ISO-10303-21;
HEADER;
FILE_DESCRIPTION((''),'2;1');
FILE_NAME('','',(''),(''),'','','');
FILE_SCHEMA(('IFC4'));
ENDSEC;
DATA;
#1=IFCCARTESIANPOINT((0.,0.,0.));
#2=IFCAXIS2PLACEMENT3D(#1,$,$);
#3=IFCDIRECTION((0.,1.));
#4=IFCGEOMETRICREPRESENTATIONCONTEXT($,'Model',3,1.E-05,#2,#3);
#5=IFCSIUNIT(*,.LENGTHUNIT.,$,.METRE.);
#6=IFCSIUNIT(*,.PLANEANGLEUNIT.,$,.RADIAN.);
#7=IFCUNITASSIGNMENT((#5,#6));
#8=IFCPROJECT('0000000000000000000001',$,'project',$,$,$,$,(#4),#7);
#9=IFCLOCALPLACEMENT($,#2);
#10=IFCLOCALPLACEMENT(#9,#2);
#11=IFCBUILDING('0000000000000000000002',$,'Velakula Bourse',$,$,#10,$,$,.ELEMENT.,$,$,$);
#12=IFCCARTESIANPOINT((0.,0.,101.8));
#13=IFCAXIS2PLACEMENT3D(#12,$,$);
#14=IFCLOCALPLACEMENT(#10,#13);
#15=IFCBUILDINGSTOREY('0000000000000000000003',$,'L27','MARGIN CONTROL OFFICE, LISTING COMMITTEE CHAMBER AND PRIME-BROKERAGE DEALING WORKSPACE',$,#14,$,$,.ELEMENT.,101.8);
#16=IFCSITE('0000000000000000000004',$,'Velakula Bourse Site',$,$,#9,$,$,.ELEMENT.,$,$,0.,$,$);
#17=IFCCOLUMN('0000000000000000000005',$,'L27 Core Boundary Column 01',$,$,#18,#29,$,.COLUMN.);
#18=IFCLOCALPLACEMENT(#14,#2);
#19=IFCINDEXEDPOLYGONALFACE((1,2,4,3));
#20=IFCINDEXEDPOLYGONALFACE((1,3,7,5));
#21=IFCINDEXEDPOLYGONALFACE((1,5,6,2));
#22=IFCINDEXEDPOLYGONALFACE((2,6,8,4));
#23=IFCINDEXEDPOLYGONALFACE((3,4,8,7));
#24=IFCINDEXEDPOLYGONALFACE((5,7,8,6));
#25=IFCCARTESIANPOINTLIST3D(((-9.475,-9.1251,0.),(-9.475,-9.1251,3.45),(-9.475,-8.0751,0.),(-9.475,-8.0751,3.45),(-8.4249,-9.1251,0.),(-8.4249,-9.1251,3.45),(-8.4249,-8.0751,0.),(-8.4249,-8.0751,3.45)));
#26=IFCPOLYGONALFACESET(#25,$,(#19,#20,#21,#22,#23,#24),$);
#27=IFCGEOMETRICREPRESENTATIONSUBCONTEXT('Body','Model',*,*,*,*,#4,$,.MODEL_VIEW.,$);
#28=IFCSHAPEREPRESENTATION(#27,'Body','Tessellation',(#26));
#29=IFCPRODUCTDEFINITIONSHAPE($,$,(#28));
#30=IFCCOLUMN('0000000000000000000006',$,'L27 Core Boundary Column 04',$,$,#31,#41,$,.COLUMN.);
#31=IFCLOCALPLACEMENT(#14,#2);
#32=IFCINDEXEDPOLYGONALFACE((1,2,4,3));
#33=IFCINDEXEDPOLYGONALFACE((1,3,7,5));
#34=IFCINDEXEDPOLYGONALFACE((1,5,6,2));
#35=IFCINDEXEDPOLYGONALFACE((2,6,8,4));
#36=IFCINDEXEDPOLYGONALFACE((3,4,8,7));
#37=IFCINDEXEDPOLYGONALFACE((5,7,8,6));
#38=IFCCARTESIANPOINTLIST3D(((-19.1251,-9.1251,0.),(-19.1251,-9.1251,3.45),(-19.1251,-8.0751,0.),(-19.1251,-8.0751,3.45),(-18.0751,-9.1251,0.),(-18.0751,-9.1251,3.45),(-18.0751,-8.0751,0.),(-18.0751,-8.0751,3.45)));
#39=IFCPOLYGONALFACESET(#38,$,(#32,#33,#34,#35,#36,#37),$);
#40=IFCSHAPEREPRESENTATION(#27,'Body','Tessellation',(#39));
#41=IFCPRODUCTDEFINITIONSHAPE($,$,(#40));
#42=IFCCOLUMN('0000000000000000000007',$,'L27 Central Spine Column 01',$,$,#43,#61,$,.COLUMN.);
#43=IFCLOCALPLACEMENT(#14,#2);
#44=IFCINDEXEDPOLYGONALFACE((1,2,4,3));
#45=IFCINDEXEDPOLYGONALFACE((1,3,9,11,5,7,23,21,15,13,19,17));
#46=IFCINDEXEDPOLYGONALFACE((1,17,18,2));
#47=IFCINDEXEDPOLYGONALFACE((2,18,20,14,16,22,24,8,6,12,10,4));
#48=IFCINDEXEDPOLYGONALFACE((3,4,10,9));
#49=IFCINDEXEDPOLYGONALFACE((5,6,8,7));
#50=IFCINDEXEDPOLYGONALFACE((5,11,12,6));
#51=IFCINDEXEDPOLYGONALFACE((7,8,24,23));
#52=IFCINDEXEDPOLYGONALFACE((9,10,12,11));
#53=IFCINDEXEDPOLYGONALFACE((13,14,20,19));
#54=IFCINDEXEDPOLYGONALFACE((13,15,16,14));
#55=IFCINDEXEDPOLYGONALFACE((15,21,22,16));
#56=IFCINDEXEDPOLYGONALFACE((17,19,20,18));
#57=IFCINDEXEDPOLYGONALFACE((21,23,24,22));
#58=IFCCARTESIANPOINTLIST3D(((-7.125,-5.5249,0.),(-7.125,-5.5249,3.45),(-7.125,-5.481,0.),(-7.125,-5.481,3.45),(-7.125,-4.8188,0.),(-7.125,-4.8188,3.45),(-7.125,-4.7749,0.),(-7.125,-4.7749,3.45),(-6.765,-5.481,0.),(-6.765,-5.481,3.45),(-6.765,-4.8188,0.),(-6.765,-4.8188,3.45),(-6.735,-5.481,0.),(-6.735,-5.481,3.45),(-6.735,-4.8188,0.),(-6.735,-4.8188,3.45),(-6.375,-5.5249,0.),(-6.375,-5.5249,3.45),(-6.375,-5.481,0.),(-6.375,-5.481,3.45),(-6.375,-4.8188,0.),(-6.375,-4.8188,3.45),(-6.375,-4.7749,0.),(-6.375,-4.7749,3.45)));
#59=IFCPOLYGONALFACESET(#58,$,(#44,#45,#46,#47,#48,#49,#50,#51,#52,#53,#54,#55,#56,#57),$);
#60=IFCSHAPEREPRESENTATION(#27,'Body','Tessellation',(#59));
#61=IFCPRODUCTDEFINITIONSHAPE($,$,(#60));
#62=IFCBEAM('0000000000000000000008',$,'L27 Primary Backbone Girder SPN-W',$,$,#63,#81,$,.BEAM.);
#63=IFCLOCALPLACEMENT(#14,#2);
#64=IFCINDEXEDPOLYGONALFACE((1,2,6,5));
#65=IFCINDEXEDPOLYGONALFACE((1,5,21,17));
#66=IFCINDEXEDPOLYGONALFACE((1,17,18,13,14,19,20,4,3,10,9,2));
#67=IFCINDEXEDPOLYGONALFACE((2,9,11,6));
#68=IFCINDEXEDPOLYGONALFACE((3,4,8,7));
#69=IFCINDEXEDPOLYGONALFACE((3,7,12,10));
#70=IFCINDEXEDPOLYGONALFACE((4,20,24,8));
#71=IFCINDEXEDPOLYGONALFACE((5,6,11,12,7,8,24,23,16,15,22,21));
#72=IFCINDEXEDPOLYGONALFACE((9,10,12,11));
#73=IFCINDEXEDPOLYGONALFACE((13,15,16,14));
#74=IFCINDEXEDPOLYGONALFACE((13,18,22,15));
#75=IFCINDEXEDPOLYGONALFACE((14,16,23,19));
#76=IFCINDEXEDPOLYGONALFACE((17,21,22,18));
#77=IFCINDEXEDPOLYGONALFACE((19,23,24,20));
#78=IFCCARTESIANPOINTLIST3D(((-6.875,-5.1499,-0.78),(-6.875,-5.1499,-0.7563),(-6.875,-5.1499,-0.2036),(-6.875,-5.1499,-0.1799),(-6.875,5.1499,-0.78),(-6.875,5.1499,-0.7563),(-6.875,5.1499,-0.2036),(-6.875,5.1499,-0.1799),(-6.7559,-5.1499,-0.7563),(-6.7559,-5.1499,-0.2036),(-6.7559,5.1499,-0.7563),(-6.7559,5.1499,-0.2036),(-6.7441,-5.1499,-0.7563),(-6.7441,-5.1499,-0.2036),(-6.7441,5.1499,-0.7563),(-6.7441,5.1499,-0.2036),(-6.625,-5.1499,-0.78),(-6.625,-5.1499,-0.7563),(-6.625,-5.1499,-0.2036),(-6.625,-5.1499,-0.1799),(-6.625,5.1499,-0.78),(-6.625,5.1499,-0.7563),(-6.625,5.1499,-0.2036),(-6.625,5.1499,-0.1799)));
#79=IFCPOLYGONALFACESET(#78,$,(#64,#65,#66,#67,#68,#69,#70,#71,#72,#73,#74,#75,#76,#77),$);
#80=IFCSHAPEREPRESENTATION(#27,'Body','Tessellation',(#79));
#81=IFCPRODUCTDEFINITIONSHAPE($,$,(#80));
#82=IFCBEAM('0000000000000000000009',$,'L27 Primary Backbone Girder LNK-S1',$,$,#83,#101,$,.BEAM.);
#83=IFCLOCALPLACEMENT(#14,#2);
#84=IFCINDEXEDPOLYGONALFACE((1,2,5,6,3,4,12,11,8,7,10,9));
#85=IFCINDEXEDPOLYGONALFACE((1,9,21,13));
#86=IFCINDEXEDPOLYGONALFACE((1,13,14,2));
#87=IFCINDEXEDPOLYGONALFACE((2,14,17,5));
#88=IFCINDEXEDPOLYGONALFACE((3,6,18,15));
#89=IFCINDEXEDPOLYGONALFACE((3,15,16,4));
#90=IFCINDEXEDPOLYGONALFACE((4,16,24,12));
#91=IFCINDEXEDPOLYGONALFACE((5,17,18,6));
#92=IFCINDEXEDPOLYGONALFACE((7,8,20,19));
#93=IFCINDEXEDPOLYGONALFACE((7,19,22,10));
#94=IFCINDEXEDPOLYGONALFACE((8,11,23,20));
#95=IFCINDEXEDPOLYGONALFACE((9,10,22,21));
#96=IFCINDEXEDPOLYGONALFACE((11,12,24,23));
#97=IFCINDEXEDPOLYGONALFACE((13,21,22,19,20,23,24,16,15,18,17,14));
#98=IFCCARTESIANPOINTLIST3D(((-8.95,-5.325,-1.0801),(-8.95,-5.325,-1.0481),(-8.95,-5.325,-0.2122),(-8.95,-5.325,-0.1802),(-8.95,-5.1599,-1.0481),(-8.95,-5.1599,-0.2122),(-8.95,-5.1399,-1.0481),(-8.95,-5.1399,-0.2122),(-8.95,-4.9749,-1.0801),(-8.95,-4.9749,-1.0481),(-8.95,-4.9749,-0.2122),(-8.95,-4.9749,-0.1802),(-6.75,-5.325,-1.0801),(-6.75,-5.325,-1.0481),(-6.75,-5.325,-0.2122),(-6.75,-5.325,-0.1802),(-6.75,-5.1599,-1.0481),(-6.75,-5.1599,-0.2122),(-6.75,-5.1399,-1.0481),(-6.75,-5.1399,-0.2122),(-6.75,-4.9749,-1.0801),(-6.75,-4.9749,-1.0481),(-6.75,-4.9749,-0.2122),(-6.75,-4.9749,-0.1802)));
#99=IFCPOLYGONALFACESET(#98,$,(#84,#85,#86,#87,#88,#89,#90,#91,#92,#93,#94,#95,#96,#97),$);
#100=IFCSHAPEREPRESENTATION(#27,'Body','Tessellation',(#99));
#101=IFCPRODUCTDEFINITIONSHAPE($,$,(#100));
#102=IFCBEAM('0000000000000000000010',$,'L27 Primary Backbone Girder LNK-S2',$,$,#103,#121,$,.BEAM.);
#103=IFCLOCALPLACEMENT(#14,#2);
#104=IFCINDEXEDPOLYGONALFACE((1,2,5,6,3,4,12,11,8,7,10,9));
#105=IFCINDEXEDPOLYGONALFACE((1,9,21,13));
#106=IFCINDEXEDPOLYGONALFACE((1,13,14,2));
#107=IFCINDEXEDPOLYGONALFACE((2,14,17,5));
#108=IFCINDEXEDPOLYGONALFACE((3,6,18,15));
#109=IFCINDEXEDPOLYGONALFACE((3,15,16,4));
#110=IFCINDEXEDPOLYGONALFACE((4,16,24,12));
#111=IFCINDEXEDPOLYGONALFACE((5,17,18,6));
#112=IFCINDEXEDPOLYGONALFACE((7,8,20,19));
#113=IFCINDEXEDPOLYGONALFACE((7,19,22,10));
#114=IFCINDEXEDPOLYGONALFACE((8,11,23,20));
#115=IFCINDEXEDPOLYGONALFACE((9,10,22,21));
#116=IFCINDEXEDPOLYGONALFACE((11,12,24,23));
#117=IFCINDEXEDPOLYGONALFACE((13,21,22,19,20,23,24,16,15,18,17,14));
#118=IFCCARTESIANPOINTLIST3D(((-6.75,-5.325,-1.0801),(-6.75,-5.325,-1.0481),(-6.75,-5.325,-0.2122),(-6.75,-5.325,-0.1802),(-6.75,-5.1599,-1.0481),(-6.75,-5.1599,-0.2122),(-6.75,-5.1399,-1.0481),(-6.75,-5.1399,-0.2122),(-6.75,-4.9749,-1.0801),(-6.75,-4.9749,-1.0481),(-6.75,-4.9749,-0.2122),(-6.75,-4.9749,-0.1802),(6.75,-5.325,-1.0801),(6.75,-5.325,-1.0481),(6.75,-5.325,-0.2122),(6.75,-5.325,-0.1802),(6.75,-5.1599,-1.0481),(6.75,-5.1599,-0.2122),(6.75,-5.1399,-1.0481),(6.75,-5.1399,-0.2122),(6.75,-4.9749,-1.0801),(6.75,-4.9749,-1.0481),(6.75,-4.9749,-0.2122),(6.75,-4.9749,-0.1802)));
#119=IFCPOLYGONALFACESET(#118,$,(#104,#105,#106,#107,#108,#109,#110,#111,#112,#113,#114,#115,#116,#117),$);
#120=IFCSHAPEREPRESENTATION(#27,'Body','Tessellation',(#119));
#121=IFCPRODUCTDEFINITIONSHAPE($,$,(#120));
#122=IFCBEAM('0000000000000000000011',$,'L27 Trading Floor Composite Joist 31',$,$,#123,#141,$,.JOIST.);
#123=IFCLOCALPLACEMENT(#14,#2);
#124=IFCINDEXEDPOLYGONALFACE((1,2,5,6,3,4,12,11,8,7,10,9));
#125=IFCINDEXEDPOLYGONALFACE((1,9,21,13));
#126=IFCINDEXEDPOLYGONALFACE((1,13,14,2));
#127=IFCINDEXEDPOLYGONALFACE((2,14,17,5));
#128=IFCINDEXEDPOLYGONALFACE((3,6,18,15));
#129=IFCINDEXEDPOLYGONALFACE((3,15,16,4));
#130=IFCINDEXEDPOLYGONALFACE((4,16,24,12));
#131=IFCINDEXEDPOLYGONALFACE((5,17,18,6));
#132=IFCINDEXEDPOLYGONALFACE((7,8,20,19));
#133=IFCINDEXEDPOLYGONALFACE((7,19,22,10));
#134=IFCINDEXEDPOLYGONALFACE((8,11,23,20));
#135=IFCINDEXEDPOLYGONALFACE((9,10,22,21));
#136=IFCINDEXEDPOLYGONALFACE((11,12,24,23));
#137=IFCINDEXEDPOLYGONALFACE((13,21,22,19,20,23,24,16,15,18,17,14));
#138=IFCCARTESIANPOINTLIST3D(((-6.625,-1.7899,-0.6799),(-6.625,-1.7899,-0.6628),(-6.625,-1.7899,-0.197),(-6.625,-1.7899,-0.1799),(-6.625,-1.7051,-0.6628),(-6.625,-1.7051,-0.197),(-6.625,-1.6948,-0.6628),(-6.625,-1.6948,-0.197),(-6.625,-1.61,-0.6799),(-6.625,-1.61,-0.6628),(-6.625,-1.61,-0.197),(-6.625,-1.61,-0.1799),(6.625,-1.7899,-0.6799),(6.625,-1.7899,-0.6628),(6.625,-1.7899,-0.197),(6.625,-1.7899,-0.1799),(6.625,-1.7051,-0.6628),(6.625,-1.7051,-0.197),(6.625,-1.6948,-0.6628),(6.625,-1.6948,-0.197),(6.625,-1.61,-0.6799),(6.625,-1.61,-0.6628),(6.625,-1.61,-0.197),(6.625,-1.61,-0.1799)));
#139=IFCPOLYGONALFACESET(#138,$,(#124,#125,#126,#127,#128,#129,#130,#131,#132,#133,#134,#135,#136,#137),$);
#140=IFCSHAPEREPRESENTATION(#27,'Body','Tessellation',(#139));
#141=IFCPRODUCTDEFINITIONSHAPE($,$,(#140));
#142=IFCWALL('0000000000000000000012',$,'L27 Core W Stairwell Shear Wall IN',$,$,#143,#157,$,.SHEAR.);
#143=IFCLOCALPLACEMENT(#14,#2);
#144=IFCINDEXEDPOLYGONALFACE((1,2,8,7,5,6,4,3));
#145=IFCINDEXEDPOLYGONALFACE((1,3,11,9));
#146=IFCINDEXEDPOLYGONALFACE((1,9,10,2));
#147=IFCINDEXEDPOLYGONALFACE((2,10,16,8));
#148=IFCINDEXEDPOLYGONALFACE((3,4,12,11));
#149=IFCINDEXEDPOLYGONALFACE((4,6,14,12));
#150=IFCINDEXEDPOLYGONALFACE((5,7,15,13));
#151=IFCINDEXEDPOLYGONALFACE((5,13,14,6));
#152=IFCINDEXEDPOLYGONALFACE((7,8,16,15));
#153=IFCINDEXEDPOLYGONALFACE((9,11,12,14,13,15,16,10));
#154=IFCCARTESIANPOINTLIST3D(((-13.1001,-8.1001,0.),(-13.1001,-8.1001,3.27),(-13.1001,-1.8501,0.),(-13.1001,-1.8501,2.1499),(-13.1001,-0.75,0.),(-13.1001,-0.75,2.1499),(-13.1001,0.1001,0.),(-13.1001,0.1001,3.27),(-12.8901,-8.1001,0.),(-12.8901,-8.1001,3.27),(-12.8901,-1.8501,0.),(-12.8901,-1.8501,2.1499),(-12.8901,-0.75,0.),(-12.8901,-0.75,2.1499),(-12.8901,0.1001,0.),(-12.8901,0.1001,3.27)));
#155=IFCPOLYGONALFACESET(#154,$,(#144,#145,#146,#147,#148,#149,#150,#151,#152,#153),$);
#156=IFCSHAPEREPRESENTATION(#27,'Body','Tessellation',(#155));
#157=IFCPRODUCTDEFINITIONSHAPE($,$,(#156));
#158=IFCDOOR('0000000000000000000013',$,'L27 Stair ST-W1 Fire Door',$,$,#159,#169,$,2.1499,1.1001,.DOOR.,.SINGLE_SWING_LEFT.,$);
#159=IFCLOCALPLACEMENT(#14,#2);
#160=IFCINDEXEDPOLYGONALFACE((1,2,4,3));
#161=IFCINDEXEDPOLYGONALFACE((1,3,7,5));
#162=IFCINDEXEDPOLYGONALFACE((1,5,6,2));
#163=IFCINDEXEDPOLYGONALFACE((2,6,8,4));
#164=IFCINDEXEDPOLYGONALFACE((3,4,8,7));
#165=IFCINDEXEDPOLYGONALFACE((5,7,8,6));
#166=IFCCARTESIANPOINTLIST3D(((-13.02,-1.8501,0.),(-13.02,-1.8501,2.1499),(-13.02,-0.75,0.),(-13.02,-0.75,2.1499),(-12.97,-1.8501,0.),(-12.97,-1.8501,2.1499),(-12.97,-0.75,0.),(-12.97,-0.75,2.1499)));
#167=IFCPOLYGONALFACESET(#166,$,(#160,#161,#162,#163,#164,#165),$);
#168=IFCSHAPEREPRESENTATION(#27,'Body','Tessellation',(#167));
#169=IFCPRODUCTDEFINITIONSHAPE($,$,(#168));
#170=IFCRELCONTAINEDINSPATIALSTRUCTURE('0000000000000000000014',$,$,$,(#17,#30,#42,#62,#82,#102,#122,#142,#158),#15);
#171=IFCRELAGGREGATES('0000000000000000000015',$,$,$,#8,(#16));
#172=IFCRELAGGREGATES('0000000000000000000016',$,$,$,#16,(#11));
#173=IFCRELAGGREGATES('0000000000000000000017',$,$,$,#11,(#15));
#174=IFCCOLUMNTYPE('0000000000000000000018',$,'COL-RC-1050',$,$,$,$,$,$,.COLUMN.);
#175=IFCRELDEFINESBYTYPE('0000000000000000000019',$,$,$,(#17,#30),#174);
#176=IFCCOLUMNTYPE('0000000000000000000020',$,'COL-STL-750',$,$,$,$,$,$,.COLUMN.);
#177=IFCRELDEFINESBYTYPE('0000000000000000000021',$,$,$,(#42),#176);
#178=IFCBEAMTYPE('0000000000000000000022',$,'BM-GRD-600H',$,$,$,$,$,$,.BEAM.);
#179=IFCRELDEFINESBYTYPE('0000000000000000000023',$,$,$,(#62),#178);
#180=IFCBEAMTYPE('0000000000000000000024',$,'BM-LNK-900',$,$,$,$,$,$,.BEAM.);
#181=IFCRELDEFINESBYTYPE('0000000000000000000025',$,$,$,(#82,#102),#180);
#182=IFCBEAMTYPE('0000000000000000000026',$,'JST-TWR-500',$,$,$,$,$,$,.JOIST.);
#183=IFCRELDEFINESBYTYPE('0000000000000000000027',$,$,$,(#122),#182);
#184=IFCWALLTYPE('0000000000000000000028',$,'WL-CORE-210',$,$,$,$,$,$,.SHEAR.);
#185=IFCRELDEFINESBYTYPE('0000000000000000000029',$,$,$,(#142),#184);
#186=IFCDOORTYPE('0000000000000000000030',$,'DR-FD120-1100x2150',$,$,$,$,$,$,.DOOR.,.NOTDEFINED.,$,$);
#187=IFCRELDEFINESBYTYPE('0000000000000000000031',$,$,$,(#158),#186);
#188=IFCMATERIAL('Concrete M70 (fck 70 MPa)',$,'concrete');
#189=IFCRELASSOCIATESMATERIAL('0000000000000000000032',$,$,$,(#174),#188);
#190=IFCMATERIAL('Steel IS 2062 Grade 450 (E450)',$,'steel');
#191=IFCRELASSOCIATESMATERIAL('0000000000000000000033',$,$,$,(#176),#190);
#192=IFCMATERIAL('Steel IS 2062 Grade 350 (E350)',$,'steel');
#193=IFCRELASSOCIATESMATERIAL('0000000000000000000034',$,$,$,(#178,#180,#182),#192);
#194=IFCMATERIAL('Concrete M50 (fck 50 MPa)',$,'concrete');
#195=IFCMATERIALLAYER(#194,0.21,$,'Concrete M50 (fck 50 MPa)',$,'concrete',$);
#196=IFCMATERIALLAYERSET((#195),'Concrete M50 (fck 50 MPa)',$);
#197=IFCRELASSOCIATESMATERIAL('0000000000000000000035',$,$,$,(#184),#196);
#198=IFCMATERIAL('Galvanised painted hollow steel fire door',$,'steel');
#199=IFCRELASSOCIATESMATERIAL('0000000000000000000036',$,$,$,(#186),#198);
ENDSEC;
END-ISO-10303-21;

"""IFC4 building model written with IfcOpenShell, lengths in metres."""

from ifc_helpers import new_model, si_unit, direction, frame, frame_2d, origin, origin_2d, place, context, subcontext, project, spatial, rectangle, i_section, extrude, material, layer, layer_set, material_profile, profile_set, type_object, element, fill, save


model = new_model("IFC4")

# Units and contexts
model_context = context("Model", 3, precision=1e-05, world=origin(), true_north=direction((0.0, 1.0)))
body_context = subcontext(model_context, "Body", "Model", "MODEL_VIEW")
ifc_project = project(units=[si_unit("LENGTHUNIT", "METRE"), si_unit("PLANEANGLEUNIT", "RADIAN")], contexts=[model_context])

# Site, building, storey
site_placement = place(None, origin())
site = spatial("IfcSite", under=ifc_project, at=site_placement, Name="Velakula Bourse Site", CompositionType="ELEMENT", RefElevation=0.0)
building_placement = place(site_placement, origin())
building = spatial("IfcBuilding", under=site, at=building_placement, Name="Velakula Bourse", CompositionType="ELEMENT")
storey_placement = place(building_placement, frame((0.0, 0.0, 101.8)))
storey = spatial("IfcBuildingStorey", under=building, at=storey_placement, Name="L27", Description="MARGIN CONTROL OFFICE, LISTING COMMITTEE CHAMBER AND PRIME-BROKERAGE DEALING WORKSPACE", CompositionType="ELEMENT", Elevation=101.8)

# Columns
ifc_material_1 = material(Name="Concrete M70 (fck 70 MPa)", Category="concrete")
ifc_material_profile_1 = material_profile(ifc_material_1, rectangle(XDim=1.05, YDim=1.05, at=origin_2d()), Name="Concrete M70 (fck 70 MPa)")
ifc_profile_set_1 = profile_set([ifc_material_profile_1], Name="Concrete M70 (fck 70 MPa)")
column_type_1 = type_object("IfcColumnType", Name="COL-RC-1050", PredefinedType="COLUMN", material=ifc_profile_set_1)
for number, where, z_axis, x_axis, name in (
    (1, (-8.95, -8.6001, 0.0), (0.0, 0.0, 1.0), (1.0, 0.0, 0.0), "L27 Core Boundary Column 01"),
    (2, (-18.6001, -8.6001, 0.0), (0.0, 0.0, 1.0), (1.0, 0.0, 0.0), "L27 Core Boundary Column 04"),
):
    element("IfcColumn", number, at=place(storey_placement, frame(where, z_axis=z_axis, x_axis=x_axis)), inside=storey, type_object=column_type_1, Name=name, PredefinedType="COLUMN", context=body_context, shape_type="SweptSolid", body=[
        extrude(rectangle(XDim=1.05, YDim=1.05, at=origin_2d()), origin(), (0.0, 0.0, 1.0), 3.45),
    ])
ifc_material_2 = material(Name="Steel IS 2062 Grade 450 (E450)", Category="steel")
ifc_material_profile_2 = material_profile(ifc_material_2, i_section(OverallWidth=0.75, OverallDepth=0.75, WebThickness=0.03, FlangeThickness=0.0439, at=origin_2d()), Name="Steel IS 2062 Grade 450 (E450)")
ifc_profile_set_2 = profile_set([ifc_material_profile_2], Name="Steel IS 2062 Grade 450 (E450)")
column_type_2 = type_object("IfcColumnType", Name="COL-STL-750", PredefinedType="COLUMN", material=ifc_profile_set_2)
column_placement = place(storey_placement, frame((-6.75, -5.1499, 0.0), z_axis=(0.0, 0.0, 1.0), x_axis=(1.0, 0.0, 0.0)))
element("IfcColumn", 3, at=column_placement, inside=storey, type_object=column_type_2, Name="L27 Central Spine Column 01", PredefinedType="COLUMN", context=body_context, shape_type="SweptSolid", body=[
    extrude(i_section(OverallWidth=0.75, OverallDepth=0.75, WebThickness=0.03, FlangeThickness=0.0439, at=origin_2d()), origin(), (0.0, 0.0, 1.0), 3.45),
])

# Beams
ifc_material_3 = material(Name="Steel IS 2062 Grade 350 (E350)", Category="steel")
ifc_material_profile_3 = material_profile(ifc_material_3, i_section(OverallWidth=0.25, OverallDepth=0.6001, WebThickness=0.0117, FlangeThickness=0.0237, at=origin_2d()), Name="Steel IS 2062 Grade 350 (E350)")
ifc_profile_set_3 = profile_set([ifc_material_profile_3], Name="Steel IS 2062 Grade 350 (E350)")
beam_type_1 = type_object("IfcBeamType", Name="BM-GRD-600H", PredefinedType="BEAM", material=ifc_profile_set_3)
beam_1_placement = place(storey_placement, frame((-6.75, -5.1499, -0.48), z_axis=(0.0, 1.0, 0.0), x_axis=(-1.0, 0.0, 0.0)))
element("IfcBeam", 4, at=beam_1_placement, inside=storey, type_object=beam_type_1, Name="L27 Primary Backbone Girder SPN-W", PredefinedType="BEAM", context=body_context, shape_type="SweptSolid", body=[
    extrude(i_section(OverallWidth=0.25, OverallDepth=0.6001, WebThickness=0.0117, FlangeThickness=0.0237, at=origin_2d()), origin(), (0.0, 0.0, 1.0), 10.2998),
])
ifc_material_profile_4 = material_profile(ifc_material_3, i_section(OverallWidth=0.3501, OverallDepth=0.8999, WebThickness=0.02, FlangeThickness=0.032, at=origin_2d()), Name="Steel IS 2062 Grade 350 (E350)")
ifc_profile_set_4 = profile_set([ifc_material_profile_4], Name="Steel IS 2062 Grade 350 (E350)")
beam_type_2 = type_object("IfcBeamType", Name="BM-LNK-900", PredefinedType="BEAM", material=ifc_profile_set_4)
beam_2_placement = place(storey_placement, frame((-8.95, -5.1499, -0.6301), z_axis=(1.0, 0.0, 0.0), x_axis=(0.0, 1.0, 0.0)))
element("IfcBeam", 5, at=beam_2_placement, inside=storey, type_object=beam_type_2, Name="L27 Primary Backbone Girder LNK-S1", PredefinedType="BEAM", context=body_context, shape_type="SweptSolid", body=[
    extrude(i_section(OverallWidth=0.3501, OverallDepth=0.8999, WebThickness=0.02, FlangeThickness=0.032, at=origin_2d()), origin(), (0.0, 0.0, 1.0), 2.2),
])
beam_3_placement = place(storey_placement, frame((-6.75, -5.1499, -0.6301), z_axis=(1.0, 0.0, 0.0), x_axis=(0.0, 1.0, 0.0)))
element("IfcBeam", 6, at=beam_3_placement, inside=storey, type_object=beam_type_2, Name="L27 Primary Backbone Girder LNK-S2", PredefinedType="BEAM", context=body_context, shape_type="SweptSolid", body=[
    extrude(i_section(OverallWidth=0.3501, OverallDepth=0.8999, WebThickness=0.02, FlangeThickness=0.032, at=origin_2d()), origin(), (0.0, 0.0, 1.0), 13.5),
])
ifc_material_profile_5 = material_profile(ifc_material_3, i_section(OverallWidth=0.1799, OverallDepth=0.5, WebThickness=0.0103, FlangeThickness=0.0171, at=origin_2d()), Name="Steel IS 2062 Grade 350 (E350)")
ifc_profile_set_5 = profile_set([ifc_material_profile_5], Name="Steel IS 2062 Grade 350 (E350)")
beam_type_3 = type_object("IfcBeamType", Name="JST-TWR-500", PredefinedType="JOIST", material=ifc_profile_set_5)
beam_4_placement = place(storey_placement, frame((-6.625, -1.7, -0.4299), z_axis=(1.0, 0.0, 0.0), x_axis=(0.0, 1.0, 0.0)))
element("IfcBeam", 7, at=beam_4_placement, inside=storey, type_object=beam_type_3, Name="L27 Trading Floor Composite Joist 31", PredefinedType="JOIST", context=body_context, shape_type="SweptSolid", body=[
    extrude(i_section(OverallWidth=0.1799, OverallDepth=0.5, WebThickness=0.0103, FlangeThickness=0.0171, at=origin_2d()), origin(), (0.0, 0.0, 1.0), 13.25),
])

# Wall, opening, door
ifc_material_4 = material(Name="Concrete M50 (fck 50 MPa)", Category="concrete")
ifc_layer_1 = layer(ifc_material_4, 0.21, Name="Concrete M50 (fck 50 MPa)", Category="concrete")
ifc_layer_set_1 = layer_set([ifc_layer_1], Name="Concrete M50 (fck 50 MPa)")
wall_type_1 = type_object("IfcWallType", Name="WL-CORE-210", PredefinedType="SHEAR", material=ifc_layer_set_1)
wall_1_placement = place(storey_placement, frame((-12.9951, -8.1001, 0.0), z_axis=(0.0, 0.0, 1.0), x_axis=(0.0, 1.0, 0.0)))
wall_1 = element("IfcWall", 8, at=wall_1_placement, inside=storey, type_object=wall_type_1, Name="L27 Core W Stairwell Shear Wall IN", PredefinedType="SHEAR", context=body_context, shape_type="SweptSolid", body=[
    extrude(rectangle(XDim=8.2002, YDim=0.21, at=frame_2d((4.1001, 0.0))), origin(), (0.0, 0.0, 1.0), 3.27),
])
opening_1_placement = place(wall_1_placement, frame((6.25, 0.0, 0.0)))
opening_1 = element("IfcOpeningElement", 9, at=opening_1_placement, cuts=wall_1, PredefinedType="OPENING", context=body_context, shape_type="SweptSolid", body=[
    extrude(rectangle(XDim=1.1001, YDim=2.1499, at=frame_2d((0.55, 1.075))), frame((0.0, 0.115, 0.0), z_axis=(0.0, -1.0, 0.0), x_axis=(1.0, 0.0, 0.0)), (0.0, 0.0, 1.0), 0.23),
])
ifc_material_5 = material(Name="Galvanised painted hollow steel fire door", Category="steel")
door_type_1 = type_object("IfcDoorType", Name="DR-FD120-1100x2150", OperationType="NOTDEFINED", PredefinedType="DOOR", material=ifc_material_5)
door_1_placement = place(opening_1_placement, origin())
door_1 = element("IfcDoor", 10, at=door_1_placement, inside=storey, type_object=door_type_1, Name="L27 Stair ST-W1 Fire Door", OperationType="SINGLE_SWING_LEFT", OverallHeight=2.1499, OverallWidth=1.1001, PredefinedType="DOOR", context=body_context, shape_type="SweptSolid", body=[
    extrude(rectangle(XDim=1.1001, YDim=2.1499, at=frame_2d((0.55, 1.075))), frame((0.0, 0.0249, 0.0), z_axis=(0.0, -1.0, 0.0), x_axis=(1.0, 0.0, 0.0)), (0.0, 0.0, 1.0), 0.05),
])
fill(opening_1, door_1)

save(model, "model.ifc")
